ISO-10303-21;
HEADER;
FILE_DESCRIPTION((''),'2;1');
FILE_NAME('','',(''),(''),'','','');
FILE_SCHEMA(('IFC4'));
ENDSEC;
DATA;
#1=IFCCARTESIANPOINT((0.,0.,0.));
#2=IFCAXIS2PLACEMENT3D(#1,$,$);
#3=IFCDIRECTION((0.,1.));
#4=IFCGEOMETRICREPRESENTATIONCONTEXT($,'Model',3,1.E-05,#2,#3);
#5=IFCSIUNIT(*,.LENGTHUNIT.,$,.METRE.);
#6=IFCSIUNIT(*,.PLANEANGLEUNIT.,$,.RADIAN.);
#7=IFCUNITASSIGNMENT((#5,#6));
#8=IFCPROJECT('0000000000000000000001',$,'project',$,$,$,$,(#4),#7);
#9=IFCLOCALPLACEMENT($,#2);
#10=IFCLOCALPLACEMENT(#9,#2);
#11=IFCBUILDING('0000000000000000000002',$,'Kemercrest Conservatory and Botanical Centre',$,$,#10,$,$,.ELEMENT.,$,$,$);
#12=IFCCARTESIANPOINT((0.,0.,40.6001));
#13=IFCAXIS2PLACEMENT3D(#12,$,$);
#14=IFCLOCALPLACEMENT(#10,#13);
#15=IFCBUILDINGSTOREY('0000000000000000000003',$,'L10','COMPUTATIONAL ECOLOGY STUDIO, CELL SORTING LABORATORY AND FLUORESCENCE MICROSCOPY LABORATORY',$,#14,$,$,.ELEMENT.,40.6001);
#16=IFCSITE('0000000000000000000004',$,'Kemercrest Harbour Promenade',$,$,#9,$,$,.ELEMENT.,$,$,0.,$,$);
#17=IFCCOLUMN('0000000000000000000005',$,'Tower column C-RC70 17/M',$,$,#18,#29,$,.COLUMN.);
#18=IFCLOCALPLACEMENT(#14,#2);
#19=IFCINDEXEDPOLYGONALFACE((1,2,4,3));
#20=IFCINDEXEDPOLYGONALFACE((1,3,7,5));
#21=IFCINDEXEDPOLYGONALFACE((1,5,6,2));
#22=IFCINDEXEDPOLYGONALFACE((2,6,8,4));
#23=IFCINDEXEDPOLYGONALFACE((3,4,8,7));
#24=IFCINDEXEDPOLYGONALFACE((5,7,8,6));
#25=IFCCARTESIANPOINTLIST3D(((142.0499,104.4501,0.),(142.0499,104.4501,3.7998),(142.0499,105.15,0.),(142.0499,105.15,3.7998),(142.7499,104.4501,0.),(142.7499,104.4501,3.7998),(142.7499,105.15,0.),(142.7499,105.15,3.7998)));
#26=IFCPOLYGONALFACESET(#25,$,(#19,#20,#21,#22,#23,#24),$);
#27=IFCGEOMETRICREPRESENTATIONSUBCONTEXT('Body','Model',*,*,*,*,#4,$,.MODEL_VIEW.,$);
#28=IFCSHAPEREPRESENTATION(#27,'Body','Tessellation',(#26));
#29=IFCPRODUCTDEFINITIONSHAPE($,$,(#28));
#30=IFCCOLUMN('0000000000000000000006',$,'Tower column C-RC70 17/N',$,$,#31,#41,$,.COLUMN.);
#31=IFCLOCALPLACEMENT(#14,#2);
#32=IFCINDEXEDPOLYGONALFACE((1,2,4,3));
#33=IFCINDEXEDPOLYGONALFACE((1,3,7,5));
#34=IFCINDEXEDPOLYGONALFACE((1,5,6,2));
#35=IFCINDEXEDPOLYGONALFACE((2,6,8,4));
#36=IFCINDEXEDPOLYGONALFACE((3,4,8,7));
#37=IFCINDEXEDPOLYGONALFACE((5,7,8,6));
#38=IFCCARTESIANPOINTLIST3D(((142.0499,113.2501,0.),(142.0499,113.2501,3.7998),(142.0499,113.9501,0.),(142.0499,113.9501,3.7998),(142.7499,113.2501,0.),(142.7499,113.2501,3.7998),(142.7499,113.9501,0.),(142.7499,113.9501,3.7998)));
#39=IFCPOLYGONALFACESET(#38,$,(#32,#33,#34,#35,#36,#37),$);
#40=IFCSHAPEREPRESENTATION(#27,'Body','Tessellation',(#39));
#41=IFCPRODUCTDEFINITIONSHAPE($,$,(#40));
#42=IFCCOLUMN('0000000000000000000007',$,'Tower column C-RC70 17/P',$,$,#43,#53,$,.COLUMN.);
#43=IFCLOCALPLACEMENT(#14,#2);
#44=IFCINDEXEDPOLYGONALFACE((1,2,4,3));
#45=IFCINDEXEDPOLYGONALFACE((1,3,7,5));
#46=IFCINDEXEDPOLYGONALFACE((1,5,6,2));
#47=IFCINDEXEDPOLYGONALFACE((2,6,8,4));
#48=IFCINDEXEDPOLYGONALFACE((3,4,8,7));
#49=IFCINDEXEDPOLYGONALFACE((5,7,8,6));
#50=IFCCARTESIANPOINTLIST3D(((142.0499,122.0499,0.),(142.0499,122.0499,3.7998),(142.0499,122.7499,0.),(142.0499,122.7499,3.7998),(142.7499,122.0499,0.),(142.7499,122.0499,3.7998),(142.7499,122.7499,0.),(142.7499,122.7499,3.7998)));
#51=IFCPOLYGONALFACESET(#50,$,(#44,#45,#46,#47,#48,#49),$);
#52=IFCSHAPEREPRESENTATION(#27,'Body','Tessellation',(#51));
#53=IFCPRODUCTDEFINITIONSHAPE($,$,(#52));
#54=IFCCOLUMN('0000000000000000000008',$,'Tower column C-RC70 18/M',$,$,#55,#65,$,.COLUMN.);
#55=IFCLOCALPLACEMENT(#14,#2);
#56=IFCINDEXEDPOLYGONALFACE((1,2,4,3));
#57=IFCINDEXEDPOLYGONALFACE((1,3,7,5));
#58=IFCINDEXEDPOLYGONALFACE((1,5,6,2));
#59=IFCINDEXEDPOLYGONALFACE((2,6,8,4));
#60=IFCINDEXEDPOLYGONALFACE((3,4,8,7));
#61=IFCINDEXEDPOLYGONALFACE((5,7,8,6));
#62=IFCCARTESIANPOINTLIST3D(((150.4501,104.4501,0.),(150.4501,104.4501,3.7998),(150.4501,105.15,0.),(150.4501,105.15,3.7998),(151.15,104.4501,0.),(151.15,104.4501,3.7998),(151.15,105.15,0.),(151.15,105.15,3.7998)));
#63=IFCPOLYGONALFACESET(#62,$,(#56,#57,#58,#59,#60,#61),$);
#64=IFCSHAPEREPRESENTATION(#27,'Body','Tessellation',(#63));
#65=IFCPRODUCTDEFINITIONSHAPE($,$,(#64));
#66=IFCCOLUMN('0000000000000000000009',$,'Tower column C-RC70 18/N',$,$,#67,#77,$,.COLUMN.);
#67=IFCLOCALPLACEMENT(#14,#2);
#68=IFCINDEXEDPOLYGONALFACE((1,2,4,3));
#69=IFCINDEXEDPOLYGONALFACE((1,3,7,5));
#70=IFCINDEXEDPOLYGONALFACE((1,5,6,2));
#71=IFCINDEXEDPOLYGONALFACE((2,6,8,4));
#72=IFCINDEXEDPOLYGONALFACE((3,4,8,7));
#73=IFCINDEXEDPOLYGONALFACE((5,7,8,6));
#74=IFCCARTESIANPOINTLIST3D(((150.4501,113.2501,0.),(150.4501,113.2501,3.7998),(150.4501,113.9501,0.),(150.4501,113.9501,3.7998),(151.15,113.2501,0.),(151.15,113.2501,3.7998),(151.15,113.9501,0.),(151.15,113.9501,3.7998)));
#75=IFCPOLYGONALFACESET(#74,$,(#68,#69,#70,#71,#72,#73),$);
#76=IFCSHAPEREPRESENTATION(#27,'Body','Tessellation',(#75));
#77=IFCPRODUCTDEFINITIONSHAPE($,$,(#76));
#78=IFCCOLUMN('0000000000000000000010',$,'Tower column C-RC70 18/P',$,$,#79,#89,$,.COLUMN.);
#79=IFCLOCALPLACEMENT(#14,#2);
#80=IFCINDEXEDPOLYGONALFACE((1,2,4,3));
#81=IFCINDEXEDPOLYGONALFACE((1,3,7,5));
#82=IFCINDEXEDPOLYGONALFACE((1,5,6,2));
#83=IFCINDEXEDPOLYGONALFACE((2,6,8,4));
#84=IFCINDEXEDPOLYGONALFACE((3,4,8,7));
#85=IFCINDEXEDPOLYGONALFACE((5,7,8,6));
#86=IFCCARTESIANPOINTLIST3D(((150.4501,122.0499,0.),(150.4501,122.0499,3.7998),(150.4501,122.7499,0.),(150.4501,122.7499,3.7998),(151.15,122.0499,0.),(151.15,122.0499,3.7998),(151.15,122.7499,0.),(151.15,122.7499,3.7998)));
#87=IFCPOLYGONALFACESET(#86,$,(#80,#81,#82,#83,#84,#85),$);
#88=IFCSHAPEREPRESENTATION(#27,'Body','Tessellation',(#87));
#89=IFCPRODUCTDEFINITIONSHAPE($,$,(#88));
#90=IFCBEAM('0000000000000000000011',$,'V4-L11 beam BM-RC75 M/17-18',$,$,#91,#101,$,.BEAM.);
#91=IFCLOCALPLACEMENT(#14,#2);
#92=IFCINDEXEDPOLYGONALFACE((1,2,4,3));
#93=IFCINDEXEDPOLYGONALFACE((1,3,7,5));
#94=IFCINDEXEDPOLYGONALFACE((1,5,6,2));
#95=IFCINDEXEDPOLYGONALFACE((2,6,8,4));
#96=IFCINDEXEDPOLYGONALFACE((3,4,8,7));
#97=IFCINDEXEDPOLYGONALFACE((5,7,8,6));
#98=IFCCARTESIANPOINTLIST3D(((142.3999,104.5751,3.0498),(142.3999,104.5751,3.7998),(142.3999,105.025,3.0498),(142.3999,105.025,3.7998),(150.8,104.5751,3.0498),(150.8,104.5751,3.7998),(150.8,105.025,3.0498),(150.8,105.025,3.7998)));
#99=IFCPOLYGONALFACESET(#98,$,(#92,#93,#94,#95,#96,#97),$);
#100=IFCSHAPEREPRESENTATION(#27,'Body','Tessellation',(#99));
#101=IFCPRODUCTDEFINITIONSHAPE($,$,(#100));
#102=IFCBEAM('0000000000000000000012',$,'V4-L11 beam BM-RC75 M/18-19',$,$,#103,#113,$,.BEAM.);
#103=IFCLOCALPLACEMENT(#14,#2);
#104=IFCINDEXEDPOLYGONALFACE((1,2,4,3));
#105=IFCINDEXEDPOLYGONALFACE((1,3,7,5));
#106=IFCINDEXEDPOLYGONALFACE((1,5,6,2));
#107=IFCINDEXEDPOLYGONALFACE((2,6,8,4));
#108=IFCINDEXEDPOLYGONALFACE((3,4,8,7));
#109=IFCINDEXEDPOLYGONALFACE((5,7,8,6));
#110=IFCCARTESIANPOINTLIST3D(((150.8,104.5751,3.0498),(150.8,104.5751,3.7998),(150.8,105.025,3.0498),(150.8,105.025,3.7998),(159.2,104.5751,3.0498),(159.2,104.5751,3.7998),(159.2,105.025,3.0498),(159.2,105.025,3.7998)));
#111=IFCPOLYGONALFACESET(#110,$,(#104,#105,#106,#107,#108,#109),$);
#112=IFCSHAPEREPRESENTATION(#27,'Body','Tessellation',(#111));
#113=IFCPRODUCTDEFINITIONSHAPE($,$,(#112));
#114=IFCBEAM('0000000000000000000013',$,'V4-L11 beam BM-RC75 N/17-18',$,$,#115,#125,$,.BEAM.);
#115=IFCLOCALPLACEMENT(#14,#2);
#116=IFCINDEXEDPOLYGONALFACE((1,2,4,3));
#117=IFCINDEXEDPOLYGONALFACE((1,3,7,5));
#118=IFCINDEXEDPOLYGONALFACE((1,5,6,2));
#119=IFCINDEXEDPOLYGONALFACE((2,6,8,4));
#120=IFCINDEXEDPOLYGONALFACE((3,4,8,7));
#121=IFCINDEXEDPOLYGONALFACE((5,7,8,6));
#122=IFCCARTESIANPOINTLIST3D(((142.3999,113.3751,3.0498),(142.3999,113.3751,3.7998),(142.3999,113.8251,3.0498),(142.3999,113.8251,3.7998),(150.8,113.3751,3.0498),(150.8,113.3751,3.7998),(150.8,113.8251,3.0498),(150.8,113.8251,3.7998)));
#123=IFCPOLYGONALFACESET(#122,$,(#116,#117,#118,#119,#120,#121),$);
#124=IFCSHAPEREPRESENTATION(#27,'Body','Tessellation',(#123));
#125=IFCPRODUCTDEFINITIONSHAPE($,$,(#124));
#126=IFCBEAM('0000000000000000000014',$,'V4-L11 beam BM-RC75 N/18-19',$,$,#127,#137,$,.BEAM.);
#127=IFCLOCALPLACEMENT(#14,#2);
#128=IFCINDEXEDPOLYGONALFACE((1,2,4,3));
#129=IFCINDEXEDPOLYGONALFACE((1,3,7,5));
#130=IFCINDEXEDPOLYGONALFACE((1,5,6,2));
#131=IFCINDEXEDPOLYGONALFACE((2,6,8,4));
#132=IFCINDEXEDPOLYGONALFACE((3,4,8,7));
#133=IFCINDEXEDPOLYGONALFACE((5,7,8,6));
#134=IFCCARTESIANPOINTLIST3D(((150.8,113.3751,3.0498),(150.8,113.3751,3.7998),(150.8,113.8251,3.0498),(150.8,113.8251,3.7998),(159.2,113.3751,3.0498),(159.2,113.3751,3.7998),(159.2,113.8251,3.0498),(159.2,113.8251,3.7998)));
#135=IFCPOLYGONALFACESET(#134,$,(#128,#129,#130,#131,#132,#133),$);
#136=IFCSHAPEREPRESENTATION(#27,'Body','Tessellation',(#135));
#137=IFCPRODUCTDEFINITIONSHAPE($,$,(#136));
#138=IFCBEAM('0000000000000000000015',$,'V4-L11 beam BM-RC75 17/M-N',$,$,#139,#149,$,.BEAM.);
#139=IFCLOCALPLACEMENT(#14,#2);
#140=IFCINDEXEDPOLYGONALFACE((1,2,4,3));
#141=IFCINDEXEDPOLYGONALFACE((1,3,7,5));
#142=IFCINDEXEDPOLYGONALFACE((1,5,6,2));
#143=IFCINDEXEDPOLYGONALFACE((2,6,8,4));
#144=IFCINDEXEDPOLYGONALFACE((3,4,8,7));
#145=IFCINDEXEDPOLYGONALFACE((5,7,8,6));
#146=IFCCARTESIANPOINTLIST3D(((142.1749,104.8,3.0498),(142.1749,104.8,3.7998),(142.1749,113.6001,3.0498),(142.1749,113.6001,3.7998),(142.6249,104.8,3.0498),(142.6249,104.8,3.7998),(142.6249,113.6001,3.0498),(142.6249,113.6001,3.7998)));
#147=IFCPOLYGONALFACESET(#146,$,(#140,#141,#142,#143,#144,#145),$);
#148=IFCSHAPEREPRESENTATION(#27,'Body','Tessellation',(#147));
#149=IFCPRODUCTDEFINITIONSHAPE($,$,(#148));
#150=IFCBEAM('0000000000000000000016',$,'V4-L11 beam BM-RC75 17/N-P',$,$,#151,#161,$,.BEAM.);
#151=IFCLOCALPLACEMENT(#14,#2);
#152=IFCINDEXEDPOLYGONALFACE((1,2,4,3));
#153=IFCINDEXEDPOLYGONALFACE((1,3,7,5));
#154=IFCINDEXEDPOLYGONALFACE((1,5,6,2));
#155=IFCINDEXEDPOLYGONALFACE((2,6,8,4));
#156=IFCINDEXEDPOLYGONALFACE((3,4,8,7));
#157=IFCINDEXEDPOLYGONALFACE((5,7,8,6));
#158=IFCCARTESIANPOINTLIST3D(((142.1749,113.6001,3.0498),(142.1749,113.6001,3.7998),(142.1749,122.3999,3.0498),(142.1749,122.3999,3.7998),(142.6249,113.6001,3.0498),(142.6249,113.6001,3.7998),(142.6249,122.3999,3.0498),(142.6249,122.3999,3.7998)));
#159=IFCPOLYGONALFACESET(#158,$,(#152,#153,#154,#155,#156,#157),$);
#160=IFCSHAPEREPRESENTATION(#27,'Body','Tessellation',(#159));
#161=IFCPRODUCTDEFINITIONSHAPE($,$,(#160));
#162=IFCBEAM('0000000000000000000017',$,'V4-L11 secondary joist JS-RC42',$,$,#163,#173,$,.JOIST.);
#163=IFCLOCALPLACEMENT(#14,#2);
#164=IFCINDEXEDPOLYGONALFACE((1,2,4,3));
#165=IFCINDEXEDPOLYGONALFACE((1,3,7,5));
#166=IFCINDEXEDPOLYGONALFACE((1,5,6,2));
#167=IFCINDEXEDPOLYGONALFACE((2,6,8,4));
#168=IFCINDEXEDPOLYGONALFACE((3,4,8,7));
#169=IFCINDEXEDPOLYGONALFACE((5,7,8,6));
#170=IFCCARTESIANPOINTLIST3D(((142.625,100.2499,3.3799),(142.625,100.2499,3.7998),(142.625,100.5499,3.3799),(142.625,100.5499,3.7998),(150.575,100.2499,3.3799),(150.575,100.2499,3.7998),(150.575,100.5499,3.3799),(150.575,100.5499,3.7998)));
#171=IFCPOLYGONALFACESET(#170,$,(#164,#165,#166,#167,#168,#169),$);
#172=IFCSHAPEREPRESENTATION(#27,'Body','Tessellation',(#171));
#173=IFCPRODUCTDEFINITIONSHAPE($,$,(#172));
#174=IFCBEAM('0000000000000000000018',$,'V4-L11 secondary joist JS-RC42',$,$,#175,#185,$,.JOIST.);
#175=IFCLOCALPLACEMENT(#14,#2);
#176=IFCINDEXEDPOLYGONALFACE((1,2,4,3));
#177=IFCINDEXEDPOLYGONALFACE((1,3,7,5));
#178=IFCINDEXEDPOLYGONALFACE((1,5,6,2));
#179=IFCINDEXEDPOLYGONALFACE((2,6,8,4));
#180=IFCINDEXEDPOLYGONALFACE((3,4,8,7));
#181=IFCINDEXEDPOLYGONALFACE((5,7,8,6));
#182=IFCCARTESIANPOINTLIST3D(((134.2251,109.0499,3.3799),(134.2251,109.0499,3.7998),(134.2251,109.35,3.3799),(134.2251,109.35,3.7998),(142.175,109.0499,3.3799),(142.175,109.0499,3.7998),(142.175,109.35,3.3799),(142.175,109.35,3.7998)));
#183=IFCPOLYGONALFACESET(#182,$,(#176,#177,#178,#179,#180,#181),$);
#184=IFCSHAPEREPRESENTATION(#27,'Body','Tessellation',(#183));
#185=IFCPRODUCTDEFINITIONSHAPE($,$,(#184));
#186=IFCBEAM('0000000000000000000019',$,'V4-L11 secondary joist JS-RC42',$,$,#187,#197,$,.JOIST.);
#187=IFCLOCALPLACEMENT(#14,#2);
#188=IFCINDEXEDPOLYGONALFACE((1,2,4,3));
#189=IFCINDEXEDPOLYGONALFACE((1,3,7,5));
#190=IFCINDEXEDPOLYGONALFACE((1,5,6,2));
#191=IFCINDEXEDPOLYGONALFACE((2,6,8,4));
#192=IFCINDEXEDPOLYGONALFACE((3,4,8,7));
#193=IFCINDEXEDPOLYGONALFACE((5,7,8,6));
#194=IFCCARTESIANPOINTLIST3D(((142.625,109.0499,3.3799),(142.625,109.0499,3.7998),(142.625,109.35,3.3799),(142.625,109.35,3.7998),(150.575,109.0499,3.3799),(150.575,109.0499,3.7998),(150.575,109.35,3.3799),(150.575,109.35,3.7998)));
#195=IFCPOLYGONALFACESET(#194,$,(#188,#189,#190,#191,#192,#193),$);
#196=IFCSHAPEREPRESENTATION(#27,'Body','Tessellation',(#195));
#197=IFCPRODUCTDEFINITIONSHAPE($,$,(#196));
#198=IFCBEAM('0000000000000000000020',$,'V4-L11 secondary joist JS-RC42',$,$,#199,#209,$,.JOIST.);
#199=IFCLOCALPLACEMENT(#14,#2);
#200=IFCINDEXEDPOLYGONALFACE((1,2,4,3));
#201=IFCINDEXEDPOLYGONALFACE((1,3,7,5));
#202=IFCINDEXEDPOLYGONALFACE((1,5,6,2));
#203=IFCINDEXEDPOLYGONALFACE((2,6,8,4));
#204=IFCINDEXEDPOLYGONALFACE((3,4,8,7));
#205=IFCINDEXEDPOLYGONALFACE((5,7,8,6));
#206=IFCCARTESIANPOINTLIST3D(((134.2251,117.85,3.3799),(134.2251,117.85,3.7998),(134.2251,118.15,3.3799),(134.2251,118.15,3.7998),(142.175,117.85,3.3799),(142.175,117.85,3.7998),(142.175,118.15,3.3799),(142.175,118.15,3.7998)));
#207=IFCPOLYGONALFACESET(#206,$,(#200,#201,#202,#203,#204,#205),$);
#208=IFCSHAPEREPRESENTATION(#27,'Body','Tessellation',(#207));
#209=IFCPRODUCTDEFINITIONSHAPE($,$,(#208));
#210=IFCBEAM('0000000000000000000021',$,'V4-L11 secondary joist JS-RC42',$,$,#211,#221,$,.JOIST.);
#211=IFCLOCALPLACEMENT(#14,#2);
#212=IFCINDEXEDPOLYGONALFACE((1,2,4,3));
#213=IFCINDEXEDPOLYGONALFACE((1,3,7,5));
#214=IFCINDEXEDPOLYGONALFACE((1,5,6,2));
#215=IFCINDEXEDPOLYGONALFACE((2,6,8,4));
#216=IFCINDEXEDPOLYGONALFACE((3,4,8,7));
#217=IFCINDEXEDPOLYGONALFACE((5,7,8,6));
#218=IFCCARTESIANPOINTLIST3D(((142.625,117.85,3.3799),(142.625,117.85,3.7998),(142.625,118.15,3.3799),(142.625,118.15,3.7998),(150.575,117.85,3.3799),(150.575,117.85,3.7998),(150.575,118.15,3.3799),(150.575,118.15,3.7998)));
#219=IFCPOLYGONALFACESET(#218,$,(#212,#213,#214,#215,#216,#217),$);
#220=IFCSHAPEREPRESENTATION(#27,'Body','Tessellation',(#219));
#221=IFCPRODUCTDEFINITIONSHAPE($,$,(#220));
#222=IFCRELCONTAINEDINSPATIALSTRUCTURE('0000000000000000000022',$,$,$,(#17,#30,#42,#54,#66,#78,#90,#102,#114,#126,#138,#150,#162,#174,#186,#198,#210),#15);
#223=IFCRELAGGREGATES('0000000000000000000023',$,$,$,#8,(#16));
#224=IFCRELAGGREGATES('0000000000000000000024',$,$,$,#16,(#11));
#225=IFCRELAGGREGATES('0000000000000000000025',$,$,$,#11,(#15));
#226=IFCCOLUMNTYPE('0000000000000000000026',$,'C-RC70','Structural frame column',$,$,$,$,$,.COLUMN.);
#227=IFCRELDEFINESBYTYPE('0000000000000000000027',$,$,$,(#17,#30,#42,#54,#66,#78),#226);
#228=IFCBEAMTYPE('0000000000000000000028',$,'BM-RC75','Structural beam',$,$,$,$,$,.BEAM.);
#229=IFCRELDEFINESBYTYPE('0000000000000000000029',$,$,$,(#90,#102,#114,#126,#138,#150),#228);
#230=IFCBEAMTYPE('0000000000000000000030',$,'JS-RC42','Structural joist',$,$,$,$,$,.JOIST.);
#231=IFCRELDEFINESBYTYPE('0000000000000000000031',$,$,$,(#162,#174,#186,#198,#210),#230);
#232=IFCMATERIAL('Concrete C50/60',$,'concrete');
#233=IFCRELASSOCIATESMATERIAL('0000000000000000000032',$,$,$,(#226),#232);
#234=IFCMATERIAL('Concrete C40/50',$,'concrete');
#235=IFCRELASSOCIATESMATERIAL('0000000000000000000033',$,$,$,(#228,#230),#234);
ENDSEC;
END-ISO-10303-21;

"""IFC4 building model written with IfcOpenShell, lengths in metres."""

from ifc_helpers import new_model, si_unit, direction, frame, origin, origin_2d, place, context, subcontext, project, spatial, rectangle, extrude, material, material_profile, profile_set, type_object, element, save


model = new_model("IFC4")

# Units and contexts
model_context = context("Model", 3, precision=1e-05, world=origin(), true_north=direction((0.0, 1.0)))
body_context = subcontext(model_context, "Body", "Model", "MODEL_VIEW")
ifc_project = project(units=[si_unit("LENGTHUNIT", "METRE"), si_unit("PLANEANGLEUNIT", "RADIAN")], contexts=[model_context])

# Site, building, storey
site_placement = place(None, origin())
site = spatial("IfcSite", under=ifc_project, at=site_placement, Name="Kemercrest Harbour Promenade", CompositionType="ELEMENT", RefElevation=0.0)
building_placement = place(site_placement, origin())
building = spatial("IfcBuilding", under=site, at=building_placement, Name="Kemercrest Conservatory and Botanical Centre", CompositionType="ELEMENT")
storey_placement = place(building_placement, frame((0.0, 0.0, 40.6001)))
storey = spatial("IfcBuildingStorey", under=building, at=storey_placement, Name="L10", Description="COMPUTATIONAL ECOLOGY STUDIO, CELL SORTING LABORATORY AND FLUORESCENCE MICROSCOPY LABORATORY", CompositionType="ELEMENT", Elevation=40.6001)

# Columns
ifc_material_1 = material(Name="Concrete C50/60", Category="concrete")
ifc_material_profile_1 = material_profile(ifc_material_1, rectangle(XDim=0.7, YDim=0.7, at=origin_2d()), Name="RC 700x700")
ifc_profile_set_1 = profile_set([ifc_material_profile_1], Name="Concrete C50/60")
column_type = type_object("IfcColumnType", Name="C-RC70", Description="Structural frame column", PredefinedType="COLUMN", material=ifc_profile_set_1)
for number, where, z_axis, x_axis, name in (
    (1, (142.3999, 104.8, 0.0), (0.0, 0.0, 1.0), (1.0, 0.0, 0.0), "Tower column C-RC70 17/M"),
    (2, (142.3999, 113.6001, 0.0), (0.0, 0.0, 1.0), (1.0, 0.0, 0.0), "Tower column C-RC70 17/N"),
    (3, (142.3999, 122.3999, 0.0), (0.0, 0.0, 1.0), (1.0, 0.0, 0.0), "Tower column C-RC70 17/P"),
    (4, (150.8, 104.8, 0.0), (0.0, 0.0, 1.0), (1.0, 0.0, 0.0), "Tower column C-RC70 18/M"),
    (5, (150.8, 113.6001, 0.0), (0.0, 0.0, 1.0), (1.0, 0.0, 0.0), "Tower column C-RC70 18/N"),
    (6, (150.8, 122.3999, 0.0), (0.0, 0.0, 1.0), (1.0, 0.0, 0.0), "Tower column C-RC70 18/P"),
):
    element("IfcColumn", number, at=place(storey_placement, frame(where, z_axis=z_axis, x_axis=x_axis)), inside=storey, type_object=column_type, Name=name, PredefinedType="COLUMN", context=body_context, shape_type="SweptSolid", body=[
        extrude(rectangle(XDim=0.7, YDim=0.7, at=origin_2d()), origin(), (0.0, 0.0, 1.0), 3.7998),
    ])

# Beams
ifc_material_2 = material(Name="Concrete C40/50", Category="concrete")
ifc_material_profile_2 = material_profile(ifc_material_2, rectangle(XDim=0.45, YDim=0.75, at=origin_2d()), Name="RC 450x750")
ifc_profile_set_2 = profile_set([ifc_material_profile_2], Name="Concrete C40/50")
beam_type_1 = type_object("IfcBeamType", Name="BM-RC75", Description="Structural beam", PredefinedType="BEAM", material=ifc_profile_set_2)
beam_1_placement = place(storey_placement, frame((142.3999, 104.8, 3.4248), z_axis=(1.0, 0.0, 0.0), x_axis=(0.0, 1.0, 0.0)))
element("IfcBeam", 7, at=beam_1_placement, inside=storey, type_object=beam_type_1, Name="V4-L11 beam BM-RC75 M/17-18", PredefinedType="BEAM", context=body_context, shape_type="SweptSolid", body=[
    extrude(rectangle(XDim=0.45, YDim=0.75, at=origin_2d()), origin(), (0.0, 0.0, 1.0), 8.4001),
])
beam_2_placement = place(storey_placement, frame((150.8, 104.8, 3.4248), z_axis=(1.0, 0.0, 0.0), x_axis=(0.0, 1.0, 0.0)))
element("IfcBeam", 8, at=beam_2_placement, inside=storey, type_object=beam_type_1, Name="V4-L11 beam BM-RC75 M/18-19", PredefinedType="BEAM", context=body_context, shape_type="SweptSolid", body=[
    extrude(rectangle(XDim=0.45, YDim=0.75, at=origin_2d()), origin(), (0.0, 0.0, 1.0), 8.3999),
])
beam_3_placement = place(storey_placement, frame((142.3999, 113.6001, 3.4248), z_axis=(1.0, 0.0, 0.0), x_axis=(0.0, 1.0, 0.0)))
element("IfcBeam", 9, at=beam_3_placement, inside=storey, type_object=beam_type_1, Name="V4-L11 beam BM-RC75 N/17-18", PredefinedType="BEAM", context=body_context, shape_type="SweptSolid", body=[
    extrude(rectangle(XDim=0.45, YDim=0.75, at=origin_2d()), origin(), (0.0, 0.0, 1.0), 8.4001),
])
beam_4_placement = place(storey_placement, frame((150.8, 113.6001, 3.4248), z_axis=(1.0, 0.0, 0.0), x_axis=(0.0, 1.0, 0.0)))
element("IfcBeam", 10, at=beam_4_placement, inside=storey, type_object=beam_type_1, Name="V4-L11 beam BM-RC75 N/18-19", PredefinedType="BEAM", context=body_context, shape_type="SweptSolid", body=[
    extrude(rectangle(XDim=0.45, YDim=0.75, at=origin_2d()), origin(), (0.0, 0.0, 1.0), 8.3999),
])
beam_5_placement = place(storey_placement, frame((142.3999, 104.8, 3.4248), z_axis=(0.0, 1.0, 0.0), x_axis=(-1.0, 0.0, 0.0)))
element("IfcBeam", 11, at=beam_5_placement, inside=storey, type_object=beam_type_1, Name="V4-L11 beam BM-RC75 17/M-N", PredefinedType="BEAM", context=body_context, shape_type="SweptSolid", body=[
    extrude(rectangle(XDim=0.45, YDim=0.75, at=origin_2d()), origin(), (0.0, 0.0, 1.0), 8.8),
])
beam_6_placement = place(storey_placement, frame((142.3999, 113.6001, 3.4248), z_axis=(0.0, 1.0, 0.0), x_axis=(-1.0, 0.0, 0.0)))
element("IfcBeam", 12, at=beam_6_placement, inside=storey, type_object=beam_type_1, Name="V4-L11 beam BM-RC75 17/N-P", PredefinedType="BEAM", context=body_context, shape_type="SweptSolid", body=[
    extrude(rectangle(XDim=0.45, YDim=0.75, at=origin_2d()), origin(), (0.0, 0.0, 1.0), 8.7998),
])
ifc_material_profile_3 = material_profile(ifc_material_2, rectangle(XDim=0.3, YDim=0.4199, at=origin_2d()), Name="RC 300x420")
ifc_profile_set_3 = profile_set([ifc_material_profile_3], Name="Concrete C40/50")
beam_type_2 = type_object("IfcBeamType", Name="JS-RC42", Description="Structural joist", PredefinedType="JOIST", material=ifc_profile_set_3)
for number, where, z_axis, x_axis, name in (
    (13, (142.625, 100.3999, 3.5898), (1.0, 0.0, 0.0), (0.0, 1.0, 0.0), "V4-L11 secondary joist JS-RC42"),
    (14, (134.2251, 109.2, 3.5898), (1.0, 0.0, 0.0), (0.0, 1.0, 0.0), "V4-L11 secondary joist JS-RC42"),
    (15, (142.625, 109.2, 3.5898), (1.0, 0.0, 0.0), (0.0, 1.0, 0.0), "V4-L11 secondary joist JS-RC42"),
    (16, (134.2251, 118.0, 3.5898), (1.0, 0.0, 0.0), (0.0, 1.0, 0.0), "V4-L11 secondary joist JS-RC42"),
    (17, (142.625, 118.0, 3.5898), (1.0, 0.0, 0.0), (0.0, 1.0, 0.0), "V4-L11 secondary joist JS-RC42"),
):
    element("IfcBeam", number, at=place(storey_placement, frame(where, z_axis=z_axis, x_axis=x_axis)), inside=storey, type_object=beam_type_2, Name=name, PredefinedType="JOIST", context=body_context, shape_type="SweptSolid", body=[
        extrude(rectangle(XDim=0.3, YDim=0.4199, at=origin_2d()), origin(), (0.0, 0.0, 1.0), 7.95),
    ])

save(model, "model.ifc")
